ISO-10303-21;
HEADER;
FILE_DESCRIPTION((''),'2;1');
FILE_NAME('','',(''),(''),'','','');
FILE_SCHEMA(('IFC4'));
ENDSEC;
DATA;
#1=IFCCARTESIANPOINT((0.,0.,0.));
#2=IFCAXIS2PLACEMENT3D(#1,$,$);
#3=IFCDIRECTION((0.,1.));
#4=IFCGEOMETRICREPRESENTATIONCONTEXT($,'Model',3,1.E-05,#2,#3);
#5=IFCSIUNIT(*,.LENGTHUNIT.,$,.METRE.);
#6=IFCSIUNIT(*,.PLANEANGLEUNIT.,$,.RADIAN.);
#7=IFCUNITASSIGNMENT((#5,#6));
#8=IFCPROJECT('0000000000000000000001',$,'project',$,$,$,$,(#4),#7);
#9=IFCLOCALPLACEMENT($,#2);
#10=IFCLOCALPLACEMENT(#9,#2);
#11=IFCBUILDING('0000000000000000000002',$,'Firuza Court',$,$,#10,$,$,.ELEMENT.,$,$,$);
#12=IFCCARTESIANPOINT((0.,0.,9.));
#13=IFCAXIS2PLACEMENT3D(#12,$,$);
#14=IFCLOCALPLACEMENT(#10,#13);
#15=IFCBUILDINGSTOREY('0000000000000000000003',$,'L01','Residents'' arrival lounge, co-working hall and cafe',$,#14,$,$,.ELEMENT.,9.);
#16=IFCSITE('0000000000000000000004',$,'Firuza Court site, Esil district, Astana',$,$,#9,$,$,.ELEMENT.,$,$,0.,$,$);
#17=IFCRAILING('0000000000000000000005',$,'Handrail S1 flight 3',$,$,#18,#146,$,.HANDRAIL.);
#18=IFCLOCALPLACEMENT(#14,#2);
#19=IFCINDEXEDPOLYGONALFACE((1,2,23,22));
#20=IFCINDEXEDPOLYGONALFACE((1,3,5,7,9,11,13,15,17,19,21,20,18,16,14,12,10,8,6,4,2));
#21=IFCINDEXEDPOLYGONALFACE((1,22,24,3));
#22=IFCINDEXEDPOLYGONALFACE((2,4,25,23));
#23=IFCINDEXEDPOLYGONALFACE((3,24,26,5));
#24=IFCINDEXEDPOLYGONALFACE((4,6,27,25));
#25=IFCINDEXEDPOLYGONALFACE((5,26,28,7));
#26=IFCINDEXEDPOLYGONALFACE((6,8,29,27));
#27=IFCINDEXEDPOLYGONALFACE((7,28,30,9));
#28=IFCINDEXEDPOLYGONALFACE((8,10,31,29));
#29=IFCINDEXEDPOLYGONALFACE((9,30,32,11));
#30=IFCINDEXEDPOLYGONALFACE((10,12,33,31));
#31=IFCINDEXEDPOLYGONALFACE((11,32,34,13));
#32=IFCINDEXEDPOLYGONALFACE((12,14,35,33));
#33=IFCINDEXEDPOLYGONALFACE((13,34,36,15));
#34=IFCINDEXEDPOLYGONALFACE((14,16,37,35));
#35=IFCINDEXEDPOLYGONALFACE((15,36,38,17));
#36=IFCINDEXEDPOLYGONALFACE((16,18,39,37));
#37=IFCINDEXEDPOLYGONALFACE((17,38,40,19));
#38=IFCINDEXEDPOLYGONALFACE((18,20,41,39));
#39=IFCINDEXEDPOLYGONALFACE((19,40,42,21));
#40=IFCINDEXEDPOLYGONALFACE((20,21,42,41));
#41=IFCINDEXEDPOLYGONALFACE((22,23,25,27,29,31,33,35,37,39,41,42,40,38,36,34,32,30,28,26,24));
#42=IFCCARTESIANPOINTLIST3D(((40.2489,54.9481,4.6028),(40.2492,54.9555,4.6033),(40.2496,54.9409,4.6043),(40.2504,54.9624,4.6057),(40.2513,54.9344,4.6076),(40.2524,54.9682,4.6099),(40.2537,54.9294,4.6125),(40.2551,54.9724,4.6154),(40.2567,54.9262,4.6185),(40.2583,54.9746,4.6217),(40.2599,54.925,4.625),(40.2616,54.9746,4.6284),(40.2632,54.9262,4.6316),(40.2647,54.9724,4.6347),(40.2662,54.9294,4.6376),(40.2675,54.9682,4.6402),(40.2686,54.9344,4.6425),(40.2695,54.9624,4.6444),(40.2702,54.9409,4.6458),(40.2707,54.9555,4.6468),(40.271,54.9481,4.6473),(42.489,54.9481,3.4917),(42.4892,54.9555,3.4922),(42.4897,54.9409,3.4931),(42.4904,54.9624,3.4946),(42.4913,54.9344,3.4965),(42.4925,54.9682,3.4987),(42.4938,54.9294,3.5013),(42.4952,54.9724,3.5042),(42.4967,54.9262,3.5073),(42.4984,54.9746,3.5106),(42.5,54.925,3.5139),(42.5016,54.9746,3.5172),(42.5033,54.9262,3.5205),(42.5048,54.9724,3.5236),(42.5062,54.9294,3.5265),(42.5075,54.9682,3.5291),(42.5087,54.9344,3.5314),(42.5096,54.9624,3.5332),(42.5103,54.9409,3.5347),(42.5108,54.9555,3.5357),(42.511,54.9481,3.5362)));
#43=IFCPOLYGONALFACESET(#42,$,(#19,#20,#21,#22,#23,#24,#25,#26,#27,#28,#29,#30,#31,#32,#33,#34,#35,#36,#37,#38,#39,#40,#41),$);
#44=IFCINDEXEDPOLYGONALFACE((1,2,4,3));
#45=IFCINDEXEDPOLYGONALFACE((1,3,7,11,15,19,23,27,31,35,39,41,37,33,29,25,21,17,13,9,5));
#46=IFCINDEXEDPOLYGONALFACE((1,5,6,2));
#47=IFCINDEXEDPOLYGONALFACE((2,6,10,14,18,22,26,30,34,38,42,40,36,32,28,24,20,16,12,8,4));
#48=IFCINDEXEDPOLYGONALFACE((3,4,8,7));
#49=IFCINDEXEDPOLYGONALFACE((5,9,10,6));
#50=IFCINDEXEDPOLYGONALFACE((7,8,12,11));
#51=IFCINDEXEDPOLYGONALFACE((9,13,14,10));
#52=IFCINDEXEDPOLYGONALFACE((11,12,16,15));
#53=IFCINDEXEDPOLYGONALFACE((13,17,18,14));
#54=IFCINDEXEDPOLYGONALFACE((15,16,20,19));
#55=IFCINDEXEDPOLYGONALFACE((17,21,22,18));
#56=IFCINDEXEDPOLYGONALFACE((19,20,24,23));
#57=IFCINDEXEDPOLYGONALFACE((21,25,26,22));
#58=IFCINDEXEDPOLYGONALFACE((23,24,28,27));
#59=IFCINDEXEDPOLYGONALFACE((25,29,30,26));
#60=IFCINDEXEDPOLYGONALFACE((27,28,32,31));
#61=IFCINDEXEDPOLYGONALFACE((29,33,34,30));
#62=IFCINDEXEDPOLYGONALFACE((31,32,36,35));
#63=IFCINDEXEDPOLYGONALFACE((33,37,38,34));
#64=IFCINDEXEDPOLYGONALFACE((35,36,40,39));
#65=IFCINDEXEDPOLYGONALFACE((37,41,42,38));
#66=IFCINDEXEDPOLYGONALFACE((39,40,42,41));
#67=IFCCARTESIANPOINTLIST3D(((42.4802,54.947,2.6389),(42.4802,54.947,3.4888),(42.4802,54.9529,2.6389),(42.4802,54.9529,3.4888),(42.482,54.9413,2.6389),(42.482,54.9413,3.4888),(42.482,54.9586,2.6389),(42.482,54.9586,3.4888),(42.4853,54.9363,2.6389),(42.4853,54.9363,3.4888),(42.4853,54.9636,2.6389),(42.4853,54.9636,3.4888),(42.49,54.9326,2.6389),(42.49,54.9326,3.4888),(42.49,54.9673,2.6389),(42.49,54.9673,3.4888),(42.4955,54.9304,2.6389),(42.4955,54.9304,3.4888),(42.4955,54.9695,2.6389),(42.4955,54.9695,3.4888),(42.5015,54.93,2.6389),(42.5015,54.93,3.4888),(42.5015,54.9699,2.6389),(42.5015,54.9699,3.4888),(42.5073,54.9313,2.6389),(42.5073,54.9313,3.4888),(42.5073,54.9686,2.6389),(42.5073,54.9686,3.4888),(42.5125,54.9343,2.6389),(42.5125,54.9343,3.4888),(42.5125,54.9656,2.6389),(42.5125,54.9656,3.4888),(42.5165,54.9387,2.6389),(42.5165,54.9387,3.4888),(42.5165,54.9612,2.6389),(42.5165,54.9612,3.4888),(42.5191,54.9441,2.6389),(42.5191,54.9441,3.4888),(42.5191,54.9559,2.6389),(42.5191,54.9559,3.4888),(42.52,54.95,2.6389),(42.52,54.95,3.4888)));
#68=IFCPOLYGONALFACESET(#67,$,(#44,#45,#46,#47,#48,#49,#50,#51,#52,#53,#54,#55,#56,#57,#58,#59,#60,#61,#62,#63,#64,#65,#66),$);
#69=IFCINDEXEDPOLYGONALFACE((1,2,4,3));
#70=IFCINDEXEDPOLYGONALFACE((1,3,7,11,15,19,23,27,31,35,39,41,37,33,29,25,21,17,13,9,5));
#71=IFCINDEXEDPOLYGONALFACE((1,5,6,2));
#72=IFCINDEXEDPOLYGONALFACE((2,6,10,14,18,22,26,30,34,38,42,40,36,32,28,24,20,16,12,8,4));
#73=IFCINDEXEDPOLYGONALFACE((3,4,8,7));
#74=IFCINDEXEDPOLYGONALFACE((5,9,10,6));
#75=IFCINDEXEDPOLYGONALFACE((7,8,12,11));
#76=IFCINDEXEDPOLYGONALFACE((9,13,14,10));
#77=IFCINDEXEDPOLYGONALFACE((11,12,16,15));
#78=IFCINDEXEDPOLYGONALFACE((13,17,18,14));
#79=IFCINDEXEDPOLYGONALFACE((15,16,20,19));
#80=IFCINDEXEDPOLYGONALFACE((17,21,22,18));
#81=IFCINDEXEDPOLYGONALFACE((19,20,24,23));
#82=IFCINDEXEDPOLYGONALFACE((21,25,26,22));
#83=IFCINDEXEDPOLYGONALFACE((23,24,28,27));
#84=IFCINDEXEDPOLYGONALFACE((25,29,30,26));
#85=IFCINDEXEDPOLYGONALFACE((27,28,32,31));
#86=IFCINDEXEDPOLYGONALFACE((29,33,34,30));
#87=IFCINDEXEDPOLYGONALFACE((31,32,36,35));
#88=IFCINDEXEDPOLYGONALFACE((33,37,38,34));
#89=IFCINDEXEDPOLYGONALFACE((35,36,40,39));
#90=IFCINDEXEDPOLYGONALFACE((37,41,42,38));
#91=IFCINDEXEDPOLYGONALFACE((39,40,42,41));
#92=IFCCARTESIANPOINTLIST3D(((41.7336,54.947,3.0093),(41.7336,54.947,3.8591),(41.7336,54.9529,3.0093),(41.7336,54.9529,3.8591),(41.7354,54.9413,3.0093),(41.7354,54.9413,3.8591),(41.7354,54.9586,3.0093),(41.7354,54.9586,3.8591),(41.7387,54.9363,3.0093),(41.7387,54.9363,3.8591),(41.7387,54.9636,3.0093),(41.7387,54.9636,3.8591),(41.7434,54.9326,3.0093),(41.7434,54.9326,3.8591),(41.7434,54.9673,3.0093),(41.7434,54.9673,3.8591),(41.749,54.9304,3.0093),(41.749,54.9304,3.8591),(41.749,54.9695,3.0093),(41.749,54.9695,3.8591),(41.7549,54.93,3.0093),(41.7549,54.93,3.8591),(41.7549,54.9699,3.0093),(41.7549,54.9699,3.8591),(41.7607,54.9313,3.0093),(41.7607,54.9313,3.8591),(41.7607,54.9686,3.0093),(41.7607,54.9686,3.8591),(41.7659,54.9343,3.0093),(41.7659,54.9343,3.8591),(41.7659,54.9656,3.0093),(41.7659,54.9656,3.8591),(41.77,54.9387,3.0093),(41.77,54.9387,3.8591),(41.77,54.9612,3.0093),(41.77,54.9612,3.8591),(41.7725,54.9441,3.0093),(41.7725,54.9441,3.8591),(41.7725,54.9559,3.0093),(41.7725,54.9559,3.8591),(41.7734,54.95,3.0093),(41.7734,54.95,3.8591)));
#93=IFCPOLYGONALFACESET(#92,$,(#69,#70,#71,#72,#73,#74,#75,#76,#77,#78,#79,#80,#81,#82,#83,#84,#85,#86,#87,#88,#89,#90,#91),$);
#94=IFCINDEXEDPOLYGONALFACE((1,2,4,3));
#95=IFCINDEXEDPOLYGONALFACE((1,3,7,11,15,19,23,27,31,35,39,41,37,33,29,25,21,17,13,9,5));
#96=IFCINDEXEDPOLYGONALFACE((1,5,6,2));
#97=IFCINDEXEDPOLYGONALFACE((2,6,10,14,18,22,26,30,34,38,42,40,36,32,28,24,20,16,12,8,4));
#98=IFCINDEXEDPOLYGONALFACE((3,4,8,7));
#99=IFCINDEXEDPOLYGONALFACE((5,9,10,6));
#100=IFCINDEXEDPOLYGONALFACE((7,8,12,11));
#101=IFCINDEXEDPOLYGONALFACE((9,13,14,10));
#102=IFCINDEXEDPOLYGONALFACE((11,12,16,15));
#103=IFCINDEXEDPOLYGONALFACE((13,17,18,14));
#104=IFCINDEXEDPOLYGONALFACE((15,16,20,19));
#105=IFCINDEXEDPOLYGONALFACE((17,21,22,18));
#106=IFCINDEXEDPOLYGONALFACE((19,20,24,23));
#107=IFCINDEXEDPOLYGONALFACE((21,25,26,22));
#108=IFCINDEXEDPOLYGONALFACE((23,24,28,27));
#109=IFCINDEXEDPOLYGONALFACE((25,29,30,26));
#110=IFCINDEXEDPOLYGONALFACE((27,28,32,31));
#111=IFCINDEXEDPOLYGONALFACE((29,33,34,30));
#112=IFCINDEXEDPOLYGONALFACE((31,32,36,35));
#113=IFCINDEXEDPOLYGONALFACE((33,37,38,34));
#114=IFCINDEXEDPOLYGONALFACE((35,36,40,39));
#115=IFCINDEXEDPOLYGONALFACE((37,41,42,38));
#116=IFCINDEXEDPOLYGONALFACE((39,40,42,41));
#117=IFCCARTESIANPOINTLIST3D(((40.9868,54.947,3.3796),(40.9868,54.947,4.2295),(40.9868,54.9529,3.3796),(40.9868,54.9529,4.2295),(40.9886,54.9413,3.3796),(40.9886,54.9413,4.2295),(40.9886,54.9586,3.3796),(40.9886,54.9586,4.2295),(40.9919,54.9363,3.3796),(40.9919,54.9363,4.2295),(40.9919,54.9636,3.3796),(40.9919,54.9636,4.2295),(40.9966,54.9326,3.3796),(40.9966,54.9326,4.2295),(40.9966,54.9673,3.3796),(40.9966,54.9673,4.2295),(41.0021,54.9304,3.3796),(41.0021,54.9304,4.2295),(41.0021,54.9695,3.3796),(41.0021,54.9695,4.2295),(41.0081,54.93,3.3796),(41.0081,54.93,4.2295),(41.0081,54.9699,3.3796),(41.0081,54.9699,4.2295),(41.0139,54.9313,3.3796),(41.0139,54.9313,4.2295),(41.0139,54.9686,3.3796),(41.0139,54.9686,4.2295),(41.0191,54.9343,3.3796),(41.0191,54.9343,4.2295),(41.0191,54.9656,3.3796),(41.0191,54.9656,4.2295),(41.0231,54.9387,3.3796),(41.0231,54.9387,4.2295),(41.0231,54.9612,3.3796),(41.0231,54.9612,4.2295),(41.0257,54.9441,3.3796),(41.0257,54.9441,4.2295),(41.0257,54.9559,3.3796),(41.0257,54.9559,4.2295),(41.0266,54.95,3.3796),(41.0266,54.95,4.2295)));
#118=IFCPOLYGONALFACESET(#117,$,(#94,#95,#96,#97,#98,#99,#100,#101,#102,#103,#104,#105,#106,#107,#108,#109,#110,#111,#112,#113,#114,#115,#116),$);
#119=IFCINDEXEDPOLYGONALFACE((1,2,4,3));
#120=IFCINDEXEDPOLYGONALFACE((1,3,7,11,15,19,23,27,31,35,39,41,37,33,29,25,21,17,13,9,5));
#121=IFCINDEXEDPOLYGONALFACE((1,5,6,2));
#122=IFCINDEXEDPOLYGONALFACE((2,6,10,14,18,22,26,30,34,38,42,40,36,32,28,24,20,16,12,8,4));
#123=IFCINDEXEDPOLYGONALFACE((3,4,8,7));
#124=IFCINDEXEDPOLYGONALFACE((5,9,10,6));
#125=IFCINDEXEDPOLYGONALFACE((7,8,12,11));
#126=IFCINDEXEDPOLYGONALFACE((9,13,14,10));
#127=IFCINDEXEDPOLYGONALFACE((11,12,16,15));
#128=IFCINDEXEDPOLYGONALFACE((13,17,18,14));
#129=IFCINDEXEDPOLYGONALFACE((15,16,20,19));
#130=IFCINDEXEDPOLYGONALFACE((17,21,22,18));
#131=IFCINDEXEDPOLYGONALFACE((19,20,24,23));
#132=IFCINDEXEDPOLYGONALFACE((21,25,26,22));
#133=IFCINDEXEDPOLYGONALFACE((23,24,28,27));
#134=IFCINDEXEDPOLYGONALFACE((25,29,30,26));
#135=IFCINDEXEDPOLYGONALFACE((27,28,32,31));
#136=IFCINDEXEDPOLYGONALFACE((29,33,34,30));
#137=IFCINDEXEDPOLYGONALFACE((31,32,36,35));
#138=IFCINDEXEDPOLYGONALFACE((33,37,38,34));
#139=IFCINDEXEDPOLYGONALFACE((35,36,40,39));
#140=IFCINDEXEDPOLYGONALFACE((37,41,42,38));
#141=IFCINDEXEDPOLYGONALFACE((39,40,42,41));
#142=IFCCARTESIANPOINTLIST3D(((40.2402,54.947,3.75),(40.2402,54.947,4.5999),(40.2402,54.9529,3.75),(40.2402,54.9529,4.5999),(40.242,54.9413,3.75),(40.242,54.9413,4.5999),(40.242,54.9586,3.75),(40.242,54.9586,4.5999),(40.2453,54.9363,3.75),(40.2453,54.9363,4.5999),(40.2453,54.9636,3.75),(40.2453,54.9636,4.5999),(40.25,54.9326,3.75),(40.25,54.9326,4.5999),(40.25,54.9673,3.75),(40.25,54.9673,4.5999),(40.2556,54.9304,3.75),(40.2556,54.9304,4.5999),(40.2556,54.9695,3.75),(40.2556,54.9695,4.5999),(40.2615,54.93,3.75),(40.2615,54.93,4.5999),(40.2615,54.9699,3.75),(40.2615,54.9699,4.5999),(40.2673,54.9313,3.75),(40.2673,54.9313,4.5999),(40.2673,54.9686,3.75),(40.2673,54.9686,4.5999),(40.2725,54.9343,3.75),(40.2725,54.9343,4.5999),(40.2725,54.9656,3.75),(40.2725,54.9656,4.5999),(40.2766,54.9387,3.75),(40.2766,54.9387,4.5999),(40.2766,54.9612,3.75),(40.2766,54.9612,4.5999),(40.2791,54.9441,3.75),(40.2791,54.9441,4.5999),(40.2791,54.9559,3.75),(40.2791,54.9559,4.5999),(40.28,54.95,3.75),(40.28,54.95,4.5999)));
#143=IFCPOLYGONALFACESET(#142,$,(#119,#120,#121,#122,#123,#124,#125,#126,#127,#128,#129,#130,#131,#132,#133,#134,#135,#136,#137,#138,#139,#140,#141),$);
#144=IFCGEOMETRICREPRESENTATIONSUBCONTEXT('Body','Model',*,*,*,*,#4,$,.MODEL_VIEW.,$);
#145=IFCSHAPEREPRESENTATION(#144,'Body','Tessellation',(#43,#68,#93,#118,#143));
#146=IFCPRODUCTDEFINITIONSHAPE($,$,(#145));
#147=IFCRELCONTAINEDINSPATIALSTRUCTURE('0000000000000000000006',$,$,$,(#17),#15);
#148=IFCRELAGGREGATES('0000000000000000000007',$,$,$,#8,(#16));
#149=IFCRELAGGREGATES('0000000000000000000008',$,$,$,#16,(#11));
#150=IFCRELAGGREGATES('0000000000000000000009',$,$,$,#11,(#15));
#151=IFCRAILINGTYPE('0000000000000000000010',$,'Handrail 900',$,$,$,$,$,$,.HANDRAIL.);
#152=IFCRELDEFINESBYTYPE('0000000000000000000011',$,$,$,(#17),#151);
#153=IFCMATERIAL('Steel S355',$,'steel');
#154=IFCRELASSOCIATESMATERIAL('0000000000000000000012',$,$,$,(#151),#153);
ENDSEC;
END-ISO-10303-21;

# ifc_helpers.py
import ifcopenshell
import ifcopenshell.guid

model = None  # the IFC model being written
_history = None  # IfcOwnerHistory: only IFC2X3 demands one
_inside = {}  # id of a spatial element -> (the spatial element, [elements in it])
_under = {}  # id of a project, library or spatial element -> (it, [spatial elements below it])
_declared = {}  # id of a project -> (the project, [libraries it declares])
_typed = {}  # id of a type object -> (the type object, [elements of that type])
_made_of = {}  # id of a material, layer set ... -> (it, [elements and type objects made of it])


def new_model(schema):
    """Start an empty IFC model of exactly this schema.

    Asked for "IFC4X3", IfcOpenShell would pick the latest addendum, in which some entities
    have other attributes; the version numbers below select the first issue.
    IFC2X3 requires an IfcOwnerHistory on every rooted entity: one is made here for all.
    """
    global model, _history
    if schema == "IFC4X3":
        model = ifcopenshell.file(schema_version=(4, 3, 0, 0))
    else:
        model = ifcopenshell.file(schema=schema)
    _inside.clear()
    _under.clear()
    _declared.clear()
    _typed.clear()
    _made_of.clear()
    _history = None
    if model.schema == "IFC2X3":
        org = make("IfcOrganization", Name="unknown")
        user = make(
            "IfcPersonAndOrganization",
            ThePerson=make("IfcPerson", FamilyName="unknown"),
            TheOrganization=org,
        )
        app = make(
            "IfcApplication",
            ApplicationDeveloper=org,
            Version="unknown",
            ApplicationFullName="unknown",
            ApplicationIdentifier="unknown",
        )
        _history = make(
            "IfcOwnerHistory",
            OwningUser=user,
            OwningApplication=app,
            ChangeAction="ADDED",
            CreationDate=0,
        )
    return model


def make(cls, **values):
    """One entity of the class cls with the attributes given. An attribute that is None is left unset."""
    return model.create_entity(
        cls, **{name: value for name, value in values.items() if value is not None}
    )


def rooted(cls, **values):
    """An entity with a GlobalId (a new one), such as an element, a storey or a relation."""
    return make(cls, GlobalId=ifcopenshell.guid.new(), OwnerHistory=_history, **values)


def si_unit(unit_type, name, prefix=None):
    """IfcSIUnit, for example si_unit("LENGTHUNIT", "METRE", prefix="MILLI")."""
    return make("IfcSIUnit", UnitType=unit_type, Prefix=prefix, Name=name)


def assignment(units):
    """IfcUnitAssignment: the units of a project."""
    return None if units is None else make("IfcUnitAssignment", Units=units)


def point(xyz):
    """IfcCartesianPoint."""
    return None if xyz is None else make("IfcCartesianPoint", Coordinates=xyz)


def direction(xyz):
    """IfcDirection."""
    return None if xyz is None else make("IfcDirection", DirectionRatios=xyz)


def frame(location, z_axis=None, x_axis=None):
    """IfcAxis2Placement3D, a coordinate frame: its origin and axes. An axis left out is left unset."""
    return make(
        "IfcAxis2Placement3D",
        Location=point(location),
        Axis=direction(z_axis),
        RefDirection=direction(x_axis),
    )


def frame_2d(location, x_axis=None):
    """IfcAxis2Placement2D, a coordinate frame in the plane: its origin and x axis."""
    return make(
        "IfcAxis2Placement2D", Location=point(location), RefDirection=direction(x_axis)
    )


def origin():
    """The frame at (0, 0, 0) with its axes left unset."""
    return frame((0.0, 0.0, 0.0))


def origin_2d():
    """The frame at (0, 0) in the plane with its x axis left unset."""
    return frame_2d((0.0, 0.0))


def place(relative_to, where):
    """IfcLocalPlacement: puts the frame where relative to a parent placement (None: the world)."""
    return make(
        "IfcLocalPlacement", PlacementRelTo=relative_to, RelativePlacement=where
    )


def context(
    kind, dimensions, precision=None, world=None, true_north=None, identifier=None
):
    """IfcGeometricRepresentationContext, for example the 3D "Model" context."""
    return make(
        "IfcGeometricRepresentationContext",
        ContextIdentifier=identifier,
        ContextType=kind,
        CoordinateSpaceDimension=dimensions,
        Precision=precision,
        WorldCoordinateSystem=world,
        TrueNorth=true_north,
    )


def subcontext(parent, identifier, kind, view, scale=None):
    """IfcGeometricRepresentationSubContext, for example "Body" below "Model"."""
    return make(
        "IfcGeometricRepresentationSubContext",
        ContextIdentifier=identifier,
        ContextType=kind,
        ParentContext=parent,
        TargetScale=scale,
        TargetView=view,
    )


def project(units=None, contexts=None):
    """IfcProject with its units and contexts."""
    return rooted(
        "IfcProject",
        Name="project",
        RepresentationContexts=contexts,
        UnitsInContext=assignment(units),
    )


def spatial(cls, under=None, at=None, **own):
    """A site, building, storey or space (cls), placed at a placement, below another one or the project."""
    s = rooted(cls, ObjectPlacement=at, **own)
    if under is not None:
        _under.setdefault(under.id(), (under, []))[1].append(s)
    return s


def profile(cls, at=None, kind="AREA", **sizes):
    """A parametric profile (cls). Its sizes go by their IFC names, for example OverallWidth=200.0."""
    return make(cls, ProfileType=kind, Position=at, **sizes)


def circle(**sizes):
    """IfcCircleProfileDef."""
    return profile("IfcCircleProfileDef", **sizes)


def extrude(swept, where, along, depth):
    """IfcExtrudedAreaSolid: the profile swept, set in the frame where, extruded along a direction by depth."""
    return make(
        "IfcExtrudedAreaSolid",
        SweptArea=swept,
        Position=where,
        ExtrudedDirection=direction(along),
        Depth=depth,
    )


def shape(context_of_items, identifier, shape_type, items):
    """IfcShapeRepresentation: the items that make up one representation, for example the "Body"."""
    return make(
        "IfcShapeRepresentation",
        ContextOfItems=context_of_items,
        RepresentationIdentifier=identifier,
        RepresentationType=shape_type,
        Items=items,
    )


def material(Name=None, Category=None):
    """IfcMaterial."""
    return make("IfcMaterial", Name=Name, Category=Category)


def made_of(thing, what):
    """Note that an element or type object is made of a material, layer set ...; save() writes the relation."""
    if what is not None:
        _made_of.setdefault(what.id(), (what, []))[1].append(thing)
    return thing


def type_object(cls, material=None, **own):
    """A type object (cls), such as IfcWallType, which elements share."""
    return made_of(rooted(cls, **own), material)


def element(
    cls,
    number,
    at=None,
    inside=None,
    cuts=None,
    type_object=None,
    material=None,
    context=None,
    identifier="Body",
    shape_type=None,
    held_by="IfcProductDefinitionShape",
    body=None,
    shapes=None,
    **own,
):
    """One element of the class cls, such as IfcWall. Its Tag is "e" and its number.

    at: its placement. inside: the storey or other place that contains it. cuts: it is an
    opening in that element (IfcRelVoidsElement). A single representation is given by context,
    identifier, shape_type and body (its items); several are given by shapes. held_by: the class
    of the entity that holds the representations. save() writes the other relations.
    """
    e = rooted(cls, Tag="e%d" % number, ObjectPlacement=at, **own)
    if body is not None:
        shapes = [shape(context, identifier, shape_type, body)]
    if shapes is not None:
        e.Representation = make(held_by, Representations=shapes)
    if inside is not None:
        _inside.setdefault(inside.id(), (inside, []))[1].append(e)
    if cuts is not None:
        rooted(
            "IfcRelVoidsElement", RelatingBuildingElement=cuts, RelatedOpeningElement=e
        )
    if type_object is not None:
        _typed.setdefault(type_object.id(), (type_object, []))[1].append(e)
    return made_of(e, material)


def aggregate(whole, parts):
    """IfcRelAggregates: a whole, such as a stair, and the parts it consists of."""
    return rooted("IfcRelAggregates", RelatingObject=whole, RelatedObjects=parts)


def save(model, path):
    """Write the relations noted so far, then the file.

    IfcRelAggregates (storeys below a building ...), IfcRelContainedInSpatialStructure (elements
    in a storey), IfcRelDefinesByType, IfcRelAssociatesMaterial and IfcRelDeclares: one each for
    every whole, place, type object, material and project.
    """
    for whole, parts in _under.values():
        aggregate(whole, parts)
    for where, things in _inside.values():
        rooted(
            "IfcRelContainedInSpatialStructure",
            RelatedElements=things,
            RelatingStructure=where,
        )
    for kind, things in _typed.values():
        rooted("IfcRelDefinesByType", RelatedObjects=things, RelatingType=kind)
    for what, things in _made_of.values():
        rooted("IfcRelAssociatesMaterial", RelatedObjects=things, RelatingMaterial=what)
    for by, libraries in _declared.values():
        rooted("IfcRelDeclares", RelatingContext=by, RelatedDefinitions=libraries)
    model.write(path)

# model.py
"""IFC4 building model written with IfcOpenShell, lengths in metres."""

from ifc_helpers import new_model, si_unit, direction, frame, origin, origin_2d, place, context, subcontext, project, spatial, circle, extrude, material, type_object, element, save


model = new_model("IFC4")

# Units and contexts
model_context = context("Model", 3, precision=1e-05, world=origin(), true_north=direction((0.0, 1.0)))
body_context = subcontext(model_context, "Body", "Model", "MODEL_VIEW")
ifc_project = project(units=[si_unit("LENGTHUNIT", "METRE"), si_unit("PLANEANGLEUNIT", "RADIAN")], contexts=[model_context])

# Site, building, storey
site_placement = place(None, origin())
site = spatial("IfcSite", under=ifc_project, at=site_placement, Name="Firuza Court site, Esil district, Astana", CompositionType="ELEMENT", RefElevation=0.0)
building_placement = place(site_placement, origin())
building = spatial("IfcBuilding", under=site, at=building_placement, Name="Firuza Court", CompositionType="ELEMENT")
storey_placement = place(building_placement, frame((0.0, 0.0, 9.0)))
storey = spatial("IfcBuildingStorey", under=building, at=storey_placement, Name="L01", Description="Residents' arrival lounge, co-working hall and cafe", CompositionType="ELEMENT", Elevation=9.0)

# Railing
ifc_material_1 = material(Name="Steel S355", Category="steel")
railing_type_1 = type_object("IfcRailingType", Name="Handrail 900", PredefinedType="HANDRAIL", material=ifc_material_1)
for number, where, name in (
    (1, (42.5, 54.95, 2.6389), "Handrail S1 flight 3"),
):
    element("IfcRailing", number, at=place(storey_placement, frame(where)), inside=storey, type_object=railing_type_1, Name=name, PredefinedType="HANDRAIL", context=body_context, shape_type="SweptSolid", body=[
        extrude(circle(Radius=0.0249, at=origin_2d()), frame((0.0, 0.0, 0.875), z_axis=(-0.895848, 0.0, 0.44436), x_axis=(0.0, -1.0, 0.0)), (0.0, 0.0, 1.0), 2.5005),
        extrude(circle(Radius=0.02, at=origin_2d()), origin(), (0.0, 0.0, 1.0), 0.8499),
        extrude(circle(Radius=0.02, at=origin_2d()), frame((-0.7466, 0.0, 0.3704)), (0.0, 0.0, 1.0), 0.8499),
        extrude(circle(Radius=0.02, at=origin_2d()), frame((-1.4934, 0.0, 0.7407)), (0.0, 0.0, 1.0), 0.8499),
        extrude(circle(Radius=0.02, at=origin_2d()), frame((-2.24, 0.0, 1.1111)), (0.0, 0.0, 1.0), 0.8499),
    ])

save(model, "model.ifc")
